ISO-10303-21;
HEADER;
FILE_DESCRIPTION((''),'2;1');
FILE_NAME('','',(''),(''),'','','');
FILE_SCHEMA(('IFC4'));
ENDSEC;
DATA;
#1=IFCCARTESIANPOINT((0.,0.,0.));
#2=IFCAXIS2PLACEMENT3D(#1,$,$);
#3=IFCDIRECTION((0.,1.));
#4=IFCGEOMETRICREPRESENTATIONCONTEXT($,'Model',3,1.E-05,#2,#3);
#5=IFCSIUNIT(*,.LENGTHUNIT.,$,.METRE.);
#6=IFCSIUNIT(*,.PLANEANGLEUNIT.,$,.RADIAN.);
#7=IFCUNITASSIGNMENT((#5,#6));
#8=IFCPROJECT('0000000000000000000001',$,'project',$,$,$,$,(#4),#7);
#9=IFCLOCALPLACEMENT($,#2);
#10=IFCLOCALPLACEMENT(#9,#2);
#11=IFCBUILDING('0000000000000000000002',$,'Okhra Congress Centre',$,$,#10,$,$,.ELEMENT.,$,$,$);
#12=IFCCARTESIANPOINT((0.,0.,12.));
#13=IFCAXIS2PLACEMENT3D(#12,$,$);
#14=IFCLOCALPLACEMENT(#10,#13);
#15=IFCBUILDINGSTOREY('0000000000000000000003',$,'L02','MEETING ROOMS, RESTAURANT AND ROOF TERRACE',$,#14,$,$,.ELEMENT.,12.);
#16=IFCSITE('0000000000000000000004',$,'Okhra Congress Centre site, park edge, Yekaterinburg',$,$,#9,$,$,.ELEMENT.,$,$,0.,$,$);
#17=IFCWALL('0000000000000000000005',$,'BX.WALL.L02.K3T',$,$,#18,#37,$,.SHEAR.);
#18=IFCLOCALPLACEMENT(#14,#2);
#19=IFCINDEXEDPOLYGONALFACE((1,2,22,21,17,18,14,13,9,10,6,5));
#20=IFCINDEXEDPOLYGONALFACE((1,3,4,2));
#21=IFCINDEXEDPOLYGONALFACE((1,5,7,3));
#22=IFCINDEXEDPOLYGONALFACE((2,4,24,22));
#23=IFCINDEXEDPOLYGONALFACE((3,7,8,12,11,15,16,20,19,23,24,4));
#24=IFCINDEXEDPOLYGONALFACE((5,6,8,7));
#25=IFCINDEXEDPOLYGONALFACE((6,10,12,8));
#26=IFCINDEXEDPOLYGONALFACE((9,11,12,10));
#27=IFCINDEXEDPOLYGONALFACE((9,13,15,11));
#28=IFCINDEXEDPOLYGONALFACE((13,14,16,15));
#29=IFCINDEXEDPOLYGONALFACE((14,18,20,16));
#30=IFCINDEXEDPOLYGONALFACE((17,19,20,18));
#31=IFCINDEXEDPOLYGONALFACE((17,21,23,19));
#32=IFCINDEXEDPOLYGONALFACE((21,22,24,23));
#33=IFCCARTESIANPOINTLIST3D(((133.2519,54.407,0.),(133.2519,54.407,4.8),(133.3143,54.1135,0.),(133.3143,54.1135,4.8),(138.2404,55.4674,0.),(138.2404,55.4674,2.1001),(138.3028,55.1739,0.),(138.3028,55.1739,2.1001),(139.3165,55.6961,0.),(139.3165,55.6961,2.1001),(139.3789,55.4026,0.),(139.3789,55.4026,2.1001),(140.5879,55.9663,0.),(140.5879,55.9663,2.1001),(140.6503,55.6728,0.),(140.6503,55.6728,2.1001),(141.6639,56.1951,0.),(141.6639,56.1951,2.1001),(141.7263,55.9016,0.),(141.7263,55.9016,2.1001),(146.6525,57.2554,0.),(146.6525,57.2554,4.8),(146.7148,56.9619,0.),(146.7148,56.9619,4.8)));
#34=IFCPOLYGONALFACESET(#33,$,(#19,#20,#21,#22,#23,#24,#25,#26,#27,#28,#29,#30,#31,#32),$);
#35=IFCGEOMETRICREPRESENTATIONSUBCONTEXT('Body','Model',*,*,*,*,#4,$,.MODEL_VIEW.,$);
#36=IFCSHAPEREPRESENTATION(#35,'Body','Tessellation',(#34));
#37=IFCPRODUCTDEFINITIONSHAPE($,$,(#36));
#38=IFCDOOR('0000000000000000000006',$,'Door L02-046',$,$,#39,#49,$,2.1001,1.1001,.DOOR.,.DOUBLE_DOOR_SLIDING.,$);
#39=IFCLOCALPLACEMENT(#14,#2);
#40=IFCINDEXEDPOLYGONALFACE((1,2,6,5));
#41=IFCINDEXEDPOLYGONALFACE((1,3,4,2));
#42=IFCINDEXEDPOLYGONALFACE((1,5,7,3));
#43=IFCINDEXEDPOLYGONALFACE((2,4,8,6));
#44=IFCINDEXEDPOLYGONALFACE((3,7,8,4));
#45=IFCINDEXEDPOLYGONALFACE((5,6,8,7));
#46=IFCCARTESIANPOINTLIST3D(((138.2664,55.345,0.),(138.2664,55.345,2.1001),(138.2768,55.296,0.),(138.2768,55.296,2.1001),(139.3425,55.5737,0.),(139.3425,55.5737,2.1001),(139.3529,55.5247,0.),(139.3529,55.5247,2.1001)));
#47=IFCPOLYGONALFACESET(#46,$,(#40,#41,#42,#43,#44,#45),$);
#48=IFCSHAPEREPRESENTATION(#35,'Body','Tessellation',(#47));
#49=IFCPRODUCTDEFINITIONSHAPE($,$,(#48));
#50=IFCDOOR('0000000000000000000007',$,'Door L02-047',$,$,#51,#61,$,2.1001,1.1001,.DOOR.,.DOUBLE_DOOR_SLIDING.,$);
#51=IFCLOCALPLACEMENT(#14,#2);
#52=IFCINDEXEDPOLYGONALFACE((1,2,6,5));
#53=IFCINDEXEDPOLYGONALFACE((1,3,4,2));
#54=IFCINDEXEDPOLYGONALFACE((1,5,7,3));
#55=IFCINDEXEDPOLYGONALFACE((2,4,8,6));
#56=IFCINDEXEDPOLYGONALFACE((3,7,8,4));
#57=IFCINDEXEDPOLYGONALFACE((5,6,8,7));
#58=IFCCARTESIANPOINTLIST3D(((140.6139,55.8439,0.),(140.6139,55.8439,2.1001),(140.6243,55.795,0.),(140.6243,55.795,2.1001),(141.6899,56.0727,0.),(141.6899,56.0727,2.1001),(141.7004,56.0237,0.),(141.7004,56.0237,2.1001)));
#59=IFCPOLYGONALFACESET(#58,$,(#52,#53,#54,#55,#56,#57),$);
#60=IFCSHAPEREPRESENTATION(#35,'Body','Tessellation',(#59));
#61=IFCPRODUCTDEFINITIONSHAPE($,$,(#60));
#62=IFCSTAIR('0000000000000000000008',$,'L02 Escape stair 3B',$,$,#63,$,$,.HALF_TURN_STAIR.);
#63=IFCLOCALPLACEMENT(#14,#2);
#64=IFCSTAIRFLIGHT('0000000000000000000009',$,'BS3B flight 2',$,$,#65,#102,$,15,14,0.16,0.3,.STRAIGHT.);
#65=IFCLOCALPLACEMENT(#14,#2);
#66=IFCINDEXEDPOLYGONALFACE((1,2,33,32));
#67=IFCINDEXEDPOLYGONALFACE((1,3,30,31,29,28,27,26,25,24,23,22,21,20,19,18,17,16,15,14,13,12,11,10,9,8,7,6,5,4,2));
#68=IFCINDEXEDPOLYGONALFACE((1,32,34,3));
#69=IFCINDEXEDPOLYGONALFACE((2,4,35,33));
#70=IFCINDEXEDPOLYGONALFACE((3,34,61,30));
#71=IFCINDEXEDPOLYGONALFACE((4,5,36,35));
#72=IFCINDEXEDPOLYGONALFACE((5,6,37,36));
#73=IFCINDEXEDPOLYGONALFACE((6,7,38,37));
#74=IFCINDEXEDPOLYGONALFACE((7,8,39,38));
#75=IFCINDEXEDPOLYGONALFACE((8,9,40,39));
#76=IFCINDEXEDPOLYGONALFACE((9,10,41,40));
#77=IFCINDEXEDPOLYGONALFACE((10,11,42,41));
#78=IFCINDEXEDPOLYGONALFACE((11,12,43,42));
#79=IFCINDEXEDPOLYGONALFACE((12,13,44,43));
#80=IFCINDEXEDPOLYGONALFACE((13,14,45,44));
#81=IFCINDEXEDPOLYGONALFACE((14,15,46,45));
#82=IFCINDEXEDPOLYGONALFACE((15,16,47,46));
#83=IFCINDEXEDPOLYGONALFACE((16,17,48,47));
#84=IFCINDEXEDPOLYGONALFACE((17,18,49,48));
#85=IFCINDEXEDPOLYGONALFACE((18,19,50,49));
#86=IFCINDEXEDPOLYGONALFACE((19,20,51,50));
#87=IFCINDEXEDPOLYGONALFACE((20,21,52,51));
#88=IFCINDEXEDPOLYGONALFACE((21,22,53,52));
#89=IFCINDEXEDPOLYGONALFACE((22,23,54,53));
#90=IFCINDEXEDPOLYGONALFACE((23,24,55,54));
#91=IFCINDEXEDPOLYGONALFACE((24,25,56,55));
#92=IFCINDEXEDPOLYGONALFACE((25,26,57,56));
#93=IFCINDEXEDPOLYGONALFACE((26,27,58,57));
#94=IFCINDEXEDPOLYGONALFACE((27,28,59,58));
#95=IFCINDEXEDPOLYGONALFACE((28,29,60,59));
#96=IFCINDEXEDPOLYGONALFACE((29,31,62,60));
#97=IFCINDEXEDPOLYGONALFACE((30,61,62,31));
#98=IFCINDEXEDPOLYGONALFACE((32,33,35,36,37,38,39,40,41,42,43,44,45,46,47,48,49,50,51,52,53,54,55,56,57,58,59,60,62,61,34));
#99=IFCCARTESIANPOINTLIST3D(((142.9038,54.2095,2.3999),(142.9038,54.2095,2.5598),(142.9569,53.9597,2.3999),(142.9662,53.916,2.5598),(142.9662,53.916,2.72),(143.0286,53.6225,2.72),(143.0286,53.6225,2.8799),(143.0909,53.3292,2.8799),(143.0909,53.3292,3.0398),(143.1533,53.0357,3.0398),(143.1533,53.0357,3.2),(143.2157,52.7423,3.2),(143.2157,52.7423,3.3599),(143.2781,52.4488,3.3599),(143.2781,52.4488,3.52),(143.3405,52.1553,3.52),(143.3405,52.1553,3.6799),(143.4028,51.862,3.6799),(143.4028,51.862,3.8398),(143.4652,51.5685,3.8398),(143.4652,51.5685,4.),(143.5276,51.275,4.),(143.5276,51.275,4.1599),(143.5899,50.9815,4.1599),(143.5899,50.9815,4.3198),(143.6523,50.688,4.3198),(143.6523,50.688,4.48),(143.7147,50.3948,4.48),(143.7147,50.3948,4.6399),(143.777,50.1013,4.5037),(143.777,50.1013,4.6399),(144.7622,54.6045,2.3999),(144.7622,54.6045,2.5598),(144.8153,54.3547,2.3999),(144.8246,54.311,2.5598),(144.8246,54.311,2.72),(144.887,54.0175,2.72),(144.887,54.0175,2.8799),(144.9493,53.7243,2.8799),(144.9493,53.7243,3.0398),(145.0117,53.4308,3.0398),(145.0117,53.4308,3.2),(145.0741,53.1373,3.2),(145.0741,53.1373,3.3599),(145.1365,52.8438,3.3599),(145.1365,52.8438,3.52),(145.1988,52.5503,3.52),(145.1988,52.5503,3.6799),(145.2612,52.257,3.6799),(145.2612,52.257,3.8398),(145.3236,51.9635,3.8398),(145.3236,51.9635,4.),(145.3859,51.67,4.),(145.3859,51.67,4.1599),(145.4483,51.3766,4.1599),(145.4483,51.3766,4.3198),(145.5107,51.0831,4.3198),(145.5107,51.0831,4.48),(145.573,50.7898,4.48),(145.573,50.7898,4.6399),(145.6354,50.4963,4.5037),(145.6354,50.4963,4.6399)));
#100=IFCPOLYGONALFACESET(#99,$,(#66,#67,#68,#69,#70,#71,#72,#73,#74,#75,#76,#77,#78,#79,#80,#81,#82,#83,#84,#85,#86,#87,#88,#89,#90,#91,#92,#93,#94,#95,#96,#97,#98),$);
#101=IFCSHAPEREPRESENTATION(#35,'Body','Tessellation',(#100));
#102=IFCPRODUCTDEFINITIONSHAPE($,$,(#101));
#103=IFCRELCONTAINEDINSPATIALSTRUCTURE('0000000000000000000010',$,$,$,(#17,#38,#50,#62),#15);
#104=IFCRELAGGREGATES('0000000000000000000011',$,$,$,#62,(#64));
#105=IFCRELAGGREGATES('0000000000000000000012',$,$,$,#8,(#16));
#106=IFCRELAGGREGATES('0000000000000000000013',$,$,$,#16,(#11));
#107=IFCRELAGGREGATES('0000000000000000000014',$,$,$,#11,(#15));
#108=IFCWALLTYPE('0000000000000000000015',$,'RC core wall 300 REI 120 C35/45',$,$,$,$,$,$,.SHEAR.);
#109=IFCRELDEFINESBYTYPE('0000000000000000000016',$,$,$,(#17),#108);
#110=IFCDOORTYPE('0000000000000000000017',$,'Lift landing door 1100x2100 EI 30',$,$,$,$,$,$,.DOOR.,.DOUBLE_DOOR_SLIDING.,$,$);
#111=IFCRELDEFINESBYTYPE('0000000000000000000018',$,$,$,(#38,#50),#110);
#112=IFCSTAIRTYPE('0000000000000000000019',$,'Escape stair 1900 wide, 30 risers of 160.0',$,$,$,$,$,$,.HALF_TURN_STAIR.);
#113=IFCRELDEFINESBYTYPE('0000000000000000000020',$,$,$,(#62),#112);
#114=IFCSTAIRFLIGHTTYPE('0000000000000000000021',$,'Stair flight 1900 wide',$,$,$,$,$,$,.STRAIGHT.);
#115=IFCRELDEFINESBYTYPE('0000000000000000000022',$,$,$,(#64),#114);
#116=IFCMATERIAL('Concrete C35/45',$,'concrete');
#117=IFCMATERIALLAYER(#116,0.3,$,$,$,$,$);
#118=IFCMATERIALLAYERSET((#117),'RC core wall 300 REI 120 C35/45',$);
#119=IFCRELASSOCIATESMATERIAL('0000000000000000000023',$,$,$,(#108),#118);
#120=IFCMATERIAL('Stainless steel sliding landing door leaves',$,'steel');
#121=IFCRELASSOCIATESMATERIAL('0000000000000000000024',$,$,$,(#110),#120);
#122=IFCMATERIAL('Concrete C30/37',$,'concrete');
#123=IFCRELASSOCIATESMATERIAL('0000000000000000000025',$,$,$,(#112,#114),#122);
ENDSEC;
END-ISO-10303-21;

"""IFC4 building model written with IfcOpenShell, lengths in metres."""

from ifc_helpers import new_model, si_unit, direction, frame, frame_2d, origin, place, context, subcontext, project, spatial, polyline, rectangle, outline, extrude, material, layer, layer_set, type_object, element, fill, aggregate, save


model = new_model("IFC4")

# Units and contexts
model_context = context("Model", 3, precision=1e-05, world=origin(), true_north=direction((0.0, 1.0)))
body_context = subcontext(model_context, "Body", "Model", "MODEL_VIEW")
ifc_project = project(units=[si_unit("LENGTHUNIT", "METRE"), si_unit("PLANEANGLEUNIT", "RADIAN")], contexts=[model_context])

# Site, building, storey
site_placement = place(None, origin())
site = spatial("IfcSite", under=ifc_project, at=site_placement, Name="Okhra Congress Centre site, park edge, Yekaterinburg", CompositionType="ELEMENT", RefElevation=0.0)
building_placement = place(site_placement, origin())
building = spatial("IfcBuilding", under=site, at=building_placement, Name="Okhra Congress Centre", CompositionType="ELEMENT")
storey_placement = place(building_placement, frame((0.0, 0.0, 12.0)))
storey = spatial("IfcBuildingStorey", under=building, at=storey_placement, Name="L02", Description="MEETING ROOMS, RESTAURANT AND ROOF TERRACE", CompositionType="ELEMENT", Elevation=12.0)

# Wall, openings, doors
ifc_material_1 = material(Name="Concrete C35/45", Category="concrete")
ifc_layer_1 = layer(ifc_material_1, 0.3)
ifc_layer_set_1 = layer_set([ifc_layer_1], Name="RC core wall 300 REI 120 C35/45")
wall_type_1 = type_object("IfcWallType", Name="RC core wall 300 REI 120 C35/45", PredefinedType="SHEAR", material=ifc_layer_set_1)
wall_1_placement = place(storey_placement, frame((133.283, 54.2603, 0.0), z_axis=(0.0, 0.0, 1.0), x_axis=(0.978148, 0.207911, 0.0)))
wall_1 = element("IfcWall", 1, at=wall_1_placement, inside=storey, type_object=wall_type_1, Name="BX.WALL.L02.K3T", PredefinedType="SHEAR", context=body_context, shape_type="SweptSolid", body=[
    extrude(rectangle(XDim=13.7, YDim=0.3, at=frame_2d((6.8501, 0.0))), origin(), (0.0, 0.0, 1.0), 4.8),
])
opening_1_placement = place(wall_1_placement, frame((5.1001, 0.0, 0.0)))
opening_1 = element("IfcOpeningElement", 2, at=opening_1_placement, cuts=wall_1, PredefinedType="OPENING", context=body_context, shape_type="SweptSolid", body=[
    extrude(rectangle(XDim=1.1001, YDim=2.1001, at=frame_2d((0.55, 1.05))), frame((0.0, 0.1599, 0.0), z_axis=(0.0, -1.0, 0.0), x_axis=(1.0, 0.0, 0.0)), (0.0, 0.0, 1.0), 0.3201),
])
opening_2_placement = place(wall_1_placement, frame((7.5, 0.0, 0.0)))
opening_2 = element("IfcOpeningElement", 3, at=opening_2_placement, cuts=wall_1, PredefinedType="OPENING", context=body_context, shape_type="SweptSolid", body=[
    extrude(rectangle(XDim=1.1001, YDim=2.1001, at=frame_2d((0.55, 1.05))), frame((0.0, 0.1599, 0.0), z_axis=(0.0, -1.0, 0.0), x_axis=(1.0, 0.0, 0.0)), (0.0, 0.0, 1.0), 0.3201),
])
ifc_material_2 = material(Name="Stainless steel sliding landing door leaves", Category="steel")
door_type_1 = type_object("IfcDoorType", Name="Lift landing door 1100x2100 EI 30", OperationType="DOUBLE_DOOR_SLIDING", PredefinedType="DOOR", material=ifc_material_2)
door_1_placement = place(opening_1_placement, origin())
door_1 = element("IfcDoor", 4, at=door_1_placement, inside=storey, type_object=door_type_1, Name="Door L02-046", OperationType="DOUBLE_DOOR_SLIDING", OverallHeight=2.1001, OverallWidth=1.1001, PredefinedType="DOOR", context=body_context, shape_type="SweptSolid", body=[
    extrude(rectangle(XDim=1.1001, YDim=2.1001, at=frame_2d((0.55, 1.05))), frame((0.0, 0.0249, 0.0), z_axis=(0.0, -1.0, 0.0), x_axis=(1.0, 0.0, 0.0)), (0.0, 0.0, 1.0), 0.05),
])
fill(opening_1, door_1)
door_2_placement = place(opening_2_placement, origin())
door_2 = element("IfcDoor", 5, at=door_2_placement, inside=storey, type_object=door_type_1, Name="Door L02-047", OperationType="DOUBLE_DOOR_SLIDING", OverallHeight=2.1001, OverallWidth=1.1001, PredefinedType="DOOR", context=body_context, shape_type="SweptSolid", body=[
    extrude(rectangle(XDim=1.1001, YDim=2.1001, at=frame_2d((0.55, 1.05))), frame((0.0, 0.0249, 0.0), z_axis=(0.0, -1.0, 0.0), x_axis=(1.0, 0.0, 0.0)), (0.0, 0.0, 1.0), 0.05),
])
fill(opening_2, door_2)

# Stair, stair flight
ifc_material_3 = material(Name="Concrete C30/37", Category="concrete")
stair_type = type_object("IfcStairType", Name="Escape stair 1900 wide, 30 risers of 160.0", PredefinedType="HALF_TURN_STAIR", material=ifc_material_3)
stair_placement = place(storey_placement, origin())
stair = element("IfcStair", 6, at=stair_placement, inside=storey, type_object=stair_type, Name="L02 Escape stair 3B", PredefinedType="HALF_TURN_STAIR")
stair_flight_type = type_object("IfcStairFlightType", Name="Stair flight 1900 wide", PredefinedType="STRAIGHT", material=ifc_material_3)
stair_flight_placement = place(storey_placement, frame((143.833, 54.407, 2.3999), z_axis=(0.0, 0.0, 1.0), x_axis=(0.207912, -0.978148, 0.0)))
stair_flight = element("IfcStairFlight", 7, at=stair_flight_placement, type_object=stair_flight_type, Name="BS3B flight 2", NumberOfRisers=15, NumberOfTreads=14, PredefinedType="STRAIGHT", RiserHeight=0.16, TreadLength=0.3, context=body_context, shape_type="SweptSolid", body=[
    extrude(outline(polyline([(0.0, 0.0), (0.0, 0.1599), (0.3, 0.1599), (0.3, 0.3201), (0.6001, 0.3201), (0.6001, 0.48), (0.8999, 0.48), (0.8999, 0.6399), (1.2, 0.6399), (1.2, 0.8), (1.5, 0.8), (1.5, 0.96), (1.8, 0.96), (1.8, 1.1201), (2.1001, 1.1201), (2.1001, 1.28), (2.3999, 1.28), (2.3999, 1.4399), (2.7, 1.4399), (2.7, 1.6001), (3.0, 1.6001), (3.0, 1.76), (3.3, 1.76), (3.3, 1.9199), (3.6001, 1.9199), (3.6001, 2.0801), (3.8999, 2.0801), (3.8999, 2.24), (4.2, 2.24), (4.2, 2.3999), (4.2, 2.1038), (0.2554, 0.0), (0.0, 0.0)])), frame((0.0, 0.95, 0.0), z_axis=(0.0, -1.0, 0.0), x_axis=(1.0, 0.0, 0.0)), (0.0, 0.0, 1.0), 1.8999),
])
aggregate(stair, [stair_flight])

save(model, "model.ifc")
